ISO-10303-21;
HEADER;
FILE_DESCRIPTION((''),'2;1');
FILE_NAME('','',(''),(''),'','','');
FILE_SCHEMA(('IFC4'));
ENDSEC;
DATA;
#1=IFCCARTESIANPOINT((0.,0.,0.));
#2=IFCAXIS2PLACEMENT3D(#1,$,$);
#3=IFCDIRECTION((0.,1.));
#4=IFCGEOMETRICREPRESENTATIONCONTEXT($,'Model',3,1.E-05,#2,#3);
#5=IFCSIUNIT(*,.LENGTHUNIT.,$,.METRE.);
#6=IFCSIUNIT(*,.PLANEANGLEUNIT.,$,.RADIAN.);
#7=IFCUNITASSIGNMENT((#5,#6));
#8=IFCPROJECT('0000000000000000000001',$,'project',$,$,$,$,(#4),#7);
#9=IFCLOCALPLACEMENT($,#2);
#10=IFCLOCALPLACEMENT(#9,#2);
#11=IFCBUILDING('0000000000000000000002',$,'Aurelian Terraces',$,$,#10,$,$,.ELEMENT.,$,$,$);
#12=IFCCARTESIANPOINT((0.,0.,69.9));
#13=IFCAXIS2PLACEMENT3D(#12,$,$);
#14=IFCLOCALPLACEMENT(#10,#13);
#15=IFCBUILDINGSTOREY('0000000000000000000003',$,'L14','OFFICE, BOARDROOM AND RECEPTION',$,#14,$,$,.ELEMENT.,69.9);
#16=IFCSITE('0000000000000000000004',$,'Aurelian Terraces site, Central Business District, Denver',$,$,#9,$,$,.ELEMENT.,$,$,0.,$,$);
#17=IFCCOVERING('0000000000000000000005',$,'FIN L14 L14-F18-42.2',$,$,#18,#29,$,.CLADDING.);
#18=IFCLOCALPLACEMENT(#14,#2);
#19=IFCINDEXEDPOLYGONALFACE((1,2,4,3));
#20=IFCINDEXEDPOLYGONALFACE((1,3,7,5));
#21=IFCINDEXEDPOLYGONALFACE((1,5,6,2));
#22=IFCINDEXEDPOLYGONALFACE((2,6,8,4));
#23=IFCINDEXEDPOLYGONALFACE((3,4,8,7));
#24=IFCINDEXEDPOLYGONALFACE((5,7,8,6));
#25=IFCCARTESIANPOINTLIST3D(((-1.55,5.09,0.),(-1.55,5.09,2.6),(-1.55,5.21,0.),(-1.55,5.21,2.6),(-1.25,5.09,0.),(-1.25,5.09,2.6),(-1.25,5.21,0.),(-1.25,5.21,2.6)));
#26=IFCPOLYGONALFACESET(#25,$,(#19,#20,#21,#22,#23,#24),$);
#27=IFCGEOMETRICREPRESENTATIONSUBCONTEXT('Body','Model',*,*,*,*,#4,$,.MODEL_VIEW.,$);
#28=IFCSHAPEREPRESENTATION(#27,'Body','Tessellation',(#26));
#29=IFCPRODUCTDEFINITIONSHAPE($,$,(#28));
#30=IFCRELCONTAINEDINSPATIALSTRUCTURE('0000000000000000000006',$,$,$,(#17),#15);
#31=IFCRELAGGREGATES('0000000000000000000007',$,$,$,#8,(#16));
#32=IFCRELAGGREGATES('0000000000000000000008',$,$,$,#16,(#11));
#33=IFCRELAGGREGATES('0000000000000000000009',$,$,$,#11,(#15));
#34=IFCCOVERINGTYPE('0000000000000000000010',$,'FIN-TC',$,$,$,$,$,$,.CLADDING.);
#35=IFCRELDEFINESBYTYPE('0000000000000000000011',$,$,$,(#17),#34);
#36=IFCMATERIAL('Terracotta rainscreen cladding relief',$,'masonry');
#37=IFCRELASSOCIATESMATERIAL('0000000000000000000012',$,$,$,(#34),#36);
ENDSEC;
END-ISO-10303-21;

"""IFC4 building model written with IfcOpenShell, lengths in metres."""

from ifc_helpers import new_model, si_unit, direction, frame, origin, origin_2d, place, context, subcontext, project, spatial, rectangle, extrude, source, transform, mapped, material, type_object, element, save


model = new_model("IFC4")

# Units and contexts
model_context = context("Model", 3, precision=1e-05, world=origin(), true_north=direction((0.0, 1.0)))
body_context = subcontext(model_context, "Body", "Model", "MODEL_VIEW")
ifc_project = project(units=[si_unit("LENGTHUNIT", "METRE"), si_unit("PLANEANGLEUNIT", "RADIAN")], contexts=[model_context])

# Site, building, storey
site_placement = place(None, origin())
site = spatial("IfcSite", under=ifc_project, at=site_placement, Name="Aurelian Terraces site, Central Business District, Denver", CompositionType="ELEMENT", RefElevation=0.0)
building_placement = place(site_placement, origin())
building = spatial("IfcBuilding", under=site, at=building_placement, Name="Aurelian Terraces", CompositionType="ELEMENT")
storey_placement = place(building_placement, frame((0.0, 0.0, 69.9)))
storey = spatial("IfcBuildingStorey", under=building, at=storey_placement, Name="L14", Description="OFFICE, BOARDROOM AND RECEPTION", CompositionType="ELEMENT", Elevation=69.9)

# Covering
ifc_material_1 = material(Name="Terracotta rainscreen cladding relief", Category="masonry")
covering_type_1 = type_object("IfcCoveringType", Name="FIN-TC", PredefinedType="CLADDING", material=ifc_material_1)
shared_shape_1 = source(origin(), body_context, "Body", "SweptSolid", [
    extrude(rectangle(XDim=0.3, YDim=0.12, at=origin_2d()), origin(), (0.0, 0.0, 1.0), 2.6),
])
covering_1_placement = place(storey_placement, frame((-1.4, 5.15, 0.0), z_axis=(0.0, 0.0, 1.0), x_axis=(1.0, 0.0, 0.0)))
element("IfcCovering", 1, at=covering_1_placement, inside=storey, type_object=covering_type_1, Name="FIN L14 L14-F18-42.2", PredefinedType="CLADDING", context=body_context, shape_type="MappedRepresentation", body=[
    mapped(shared_shape_1, transform((0.0, 0.0, 0.0), scale=1.0)),
])

save(model, "model.ifc")
